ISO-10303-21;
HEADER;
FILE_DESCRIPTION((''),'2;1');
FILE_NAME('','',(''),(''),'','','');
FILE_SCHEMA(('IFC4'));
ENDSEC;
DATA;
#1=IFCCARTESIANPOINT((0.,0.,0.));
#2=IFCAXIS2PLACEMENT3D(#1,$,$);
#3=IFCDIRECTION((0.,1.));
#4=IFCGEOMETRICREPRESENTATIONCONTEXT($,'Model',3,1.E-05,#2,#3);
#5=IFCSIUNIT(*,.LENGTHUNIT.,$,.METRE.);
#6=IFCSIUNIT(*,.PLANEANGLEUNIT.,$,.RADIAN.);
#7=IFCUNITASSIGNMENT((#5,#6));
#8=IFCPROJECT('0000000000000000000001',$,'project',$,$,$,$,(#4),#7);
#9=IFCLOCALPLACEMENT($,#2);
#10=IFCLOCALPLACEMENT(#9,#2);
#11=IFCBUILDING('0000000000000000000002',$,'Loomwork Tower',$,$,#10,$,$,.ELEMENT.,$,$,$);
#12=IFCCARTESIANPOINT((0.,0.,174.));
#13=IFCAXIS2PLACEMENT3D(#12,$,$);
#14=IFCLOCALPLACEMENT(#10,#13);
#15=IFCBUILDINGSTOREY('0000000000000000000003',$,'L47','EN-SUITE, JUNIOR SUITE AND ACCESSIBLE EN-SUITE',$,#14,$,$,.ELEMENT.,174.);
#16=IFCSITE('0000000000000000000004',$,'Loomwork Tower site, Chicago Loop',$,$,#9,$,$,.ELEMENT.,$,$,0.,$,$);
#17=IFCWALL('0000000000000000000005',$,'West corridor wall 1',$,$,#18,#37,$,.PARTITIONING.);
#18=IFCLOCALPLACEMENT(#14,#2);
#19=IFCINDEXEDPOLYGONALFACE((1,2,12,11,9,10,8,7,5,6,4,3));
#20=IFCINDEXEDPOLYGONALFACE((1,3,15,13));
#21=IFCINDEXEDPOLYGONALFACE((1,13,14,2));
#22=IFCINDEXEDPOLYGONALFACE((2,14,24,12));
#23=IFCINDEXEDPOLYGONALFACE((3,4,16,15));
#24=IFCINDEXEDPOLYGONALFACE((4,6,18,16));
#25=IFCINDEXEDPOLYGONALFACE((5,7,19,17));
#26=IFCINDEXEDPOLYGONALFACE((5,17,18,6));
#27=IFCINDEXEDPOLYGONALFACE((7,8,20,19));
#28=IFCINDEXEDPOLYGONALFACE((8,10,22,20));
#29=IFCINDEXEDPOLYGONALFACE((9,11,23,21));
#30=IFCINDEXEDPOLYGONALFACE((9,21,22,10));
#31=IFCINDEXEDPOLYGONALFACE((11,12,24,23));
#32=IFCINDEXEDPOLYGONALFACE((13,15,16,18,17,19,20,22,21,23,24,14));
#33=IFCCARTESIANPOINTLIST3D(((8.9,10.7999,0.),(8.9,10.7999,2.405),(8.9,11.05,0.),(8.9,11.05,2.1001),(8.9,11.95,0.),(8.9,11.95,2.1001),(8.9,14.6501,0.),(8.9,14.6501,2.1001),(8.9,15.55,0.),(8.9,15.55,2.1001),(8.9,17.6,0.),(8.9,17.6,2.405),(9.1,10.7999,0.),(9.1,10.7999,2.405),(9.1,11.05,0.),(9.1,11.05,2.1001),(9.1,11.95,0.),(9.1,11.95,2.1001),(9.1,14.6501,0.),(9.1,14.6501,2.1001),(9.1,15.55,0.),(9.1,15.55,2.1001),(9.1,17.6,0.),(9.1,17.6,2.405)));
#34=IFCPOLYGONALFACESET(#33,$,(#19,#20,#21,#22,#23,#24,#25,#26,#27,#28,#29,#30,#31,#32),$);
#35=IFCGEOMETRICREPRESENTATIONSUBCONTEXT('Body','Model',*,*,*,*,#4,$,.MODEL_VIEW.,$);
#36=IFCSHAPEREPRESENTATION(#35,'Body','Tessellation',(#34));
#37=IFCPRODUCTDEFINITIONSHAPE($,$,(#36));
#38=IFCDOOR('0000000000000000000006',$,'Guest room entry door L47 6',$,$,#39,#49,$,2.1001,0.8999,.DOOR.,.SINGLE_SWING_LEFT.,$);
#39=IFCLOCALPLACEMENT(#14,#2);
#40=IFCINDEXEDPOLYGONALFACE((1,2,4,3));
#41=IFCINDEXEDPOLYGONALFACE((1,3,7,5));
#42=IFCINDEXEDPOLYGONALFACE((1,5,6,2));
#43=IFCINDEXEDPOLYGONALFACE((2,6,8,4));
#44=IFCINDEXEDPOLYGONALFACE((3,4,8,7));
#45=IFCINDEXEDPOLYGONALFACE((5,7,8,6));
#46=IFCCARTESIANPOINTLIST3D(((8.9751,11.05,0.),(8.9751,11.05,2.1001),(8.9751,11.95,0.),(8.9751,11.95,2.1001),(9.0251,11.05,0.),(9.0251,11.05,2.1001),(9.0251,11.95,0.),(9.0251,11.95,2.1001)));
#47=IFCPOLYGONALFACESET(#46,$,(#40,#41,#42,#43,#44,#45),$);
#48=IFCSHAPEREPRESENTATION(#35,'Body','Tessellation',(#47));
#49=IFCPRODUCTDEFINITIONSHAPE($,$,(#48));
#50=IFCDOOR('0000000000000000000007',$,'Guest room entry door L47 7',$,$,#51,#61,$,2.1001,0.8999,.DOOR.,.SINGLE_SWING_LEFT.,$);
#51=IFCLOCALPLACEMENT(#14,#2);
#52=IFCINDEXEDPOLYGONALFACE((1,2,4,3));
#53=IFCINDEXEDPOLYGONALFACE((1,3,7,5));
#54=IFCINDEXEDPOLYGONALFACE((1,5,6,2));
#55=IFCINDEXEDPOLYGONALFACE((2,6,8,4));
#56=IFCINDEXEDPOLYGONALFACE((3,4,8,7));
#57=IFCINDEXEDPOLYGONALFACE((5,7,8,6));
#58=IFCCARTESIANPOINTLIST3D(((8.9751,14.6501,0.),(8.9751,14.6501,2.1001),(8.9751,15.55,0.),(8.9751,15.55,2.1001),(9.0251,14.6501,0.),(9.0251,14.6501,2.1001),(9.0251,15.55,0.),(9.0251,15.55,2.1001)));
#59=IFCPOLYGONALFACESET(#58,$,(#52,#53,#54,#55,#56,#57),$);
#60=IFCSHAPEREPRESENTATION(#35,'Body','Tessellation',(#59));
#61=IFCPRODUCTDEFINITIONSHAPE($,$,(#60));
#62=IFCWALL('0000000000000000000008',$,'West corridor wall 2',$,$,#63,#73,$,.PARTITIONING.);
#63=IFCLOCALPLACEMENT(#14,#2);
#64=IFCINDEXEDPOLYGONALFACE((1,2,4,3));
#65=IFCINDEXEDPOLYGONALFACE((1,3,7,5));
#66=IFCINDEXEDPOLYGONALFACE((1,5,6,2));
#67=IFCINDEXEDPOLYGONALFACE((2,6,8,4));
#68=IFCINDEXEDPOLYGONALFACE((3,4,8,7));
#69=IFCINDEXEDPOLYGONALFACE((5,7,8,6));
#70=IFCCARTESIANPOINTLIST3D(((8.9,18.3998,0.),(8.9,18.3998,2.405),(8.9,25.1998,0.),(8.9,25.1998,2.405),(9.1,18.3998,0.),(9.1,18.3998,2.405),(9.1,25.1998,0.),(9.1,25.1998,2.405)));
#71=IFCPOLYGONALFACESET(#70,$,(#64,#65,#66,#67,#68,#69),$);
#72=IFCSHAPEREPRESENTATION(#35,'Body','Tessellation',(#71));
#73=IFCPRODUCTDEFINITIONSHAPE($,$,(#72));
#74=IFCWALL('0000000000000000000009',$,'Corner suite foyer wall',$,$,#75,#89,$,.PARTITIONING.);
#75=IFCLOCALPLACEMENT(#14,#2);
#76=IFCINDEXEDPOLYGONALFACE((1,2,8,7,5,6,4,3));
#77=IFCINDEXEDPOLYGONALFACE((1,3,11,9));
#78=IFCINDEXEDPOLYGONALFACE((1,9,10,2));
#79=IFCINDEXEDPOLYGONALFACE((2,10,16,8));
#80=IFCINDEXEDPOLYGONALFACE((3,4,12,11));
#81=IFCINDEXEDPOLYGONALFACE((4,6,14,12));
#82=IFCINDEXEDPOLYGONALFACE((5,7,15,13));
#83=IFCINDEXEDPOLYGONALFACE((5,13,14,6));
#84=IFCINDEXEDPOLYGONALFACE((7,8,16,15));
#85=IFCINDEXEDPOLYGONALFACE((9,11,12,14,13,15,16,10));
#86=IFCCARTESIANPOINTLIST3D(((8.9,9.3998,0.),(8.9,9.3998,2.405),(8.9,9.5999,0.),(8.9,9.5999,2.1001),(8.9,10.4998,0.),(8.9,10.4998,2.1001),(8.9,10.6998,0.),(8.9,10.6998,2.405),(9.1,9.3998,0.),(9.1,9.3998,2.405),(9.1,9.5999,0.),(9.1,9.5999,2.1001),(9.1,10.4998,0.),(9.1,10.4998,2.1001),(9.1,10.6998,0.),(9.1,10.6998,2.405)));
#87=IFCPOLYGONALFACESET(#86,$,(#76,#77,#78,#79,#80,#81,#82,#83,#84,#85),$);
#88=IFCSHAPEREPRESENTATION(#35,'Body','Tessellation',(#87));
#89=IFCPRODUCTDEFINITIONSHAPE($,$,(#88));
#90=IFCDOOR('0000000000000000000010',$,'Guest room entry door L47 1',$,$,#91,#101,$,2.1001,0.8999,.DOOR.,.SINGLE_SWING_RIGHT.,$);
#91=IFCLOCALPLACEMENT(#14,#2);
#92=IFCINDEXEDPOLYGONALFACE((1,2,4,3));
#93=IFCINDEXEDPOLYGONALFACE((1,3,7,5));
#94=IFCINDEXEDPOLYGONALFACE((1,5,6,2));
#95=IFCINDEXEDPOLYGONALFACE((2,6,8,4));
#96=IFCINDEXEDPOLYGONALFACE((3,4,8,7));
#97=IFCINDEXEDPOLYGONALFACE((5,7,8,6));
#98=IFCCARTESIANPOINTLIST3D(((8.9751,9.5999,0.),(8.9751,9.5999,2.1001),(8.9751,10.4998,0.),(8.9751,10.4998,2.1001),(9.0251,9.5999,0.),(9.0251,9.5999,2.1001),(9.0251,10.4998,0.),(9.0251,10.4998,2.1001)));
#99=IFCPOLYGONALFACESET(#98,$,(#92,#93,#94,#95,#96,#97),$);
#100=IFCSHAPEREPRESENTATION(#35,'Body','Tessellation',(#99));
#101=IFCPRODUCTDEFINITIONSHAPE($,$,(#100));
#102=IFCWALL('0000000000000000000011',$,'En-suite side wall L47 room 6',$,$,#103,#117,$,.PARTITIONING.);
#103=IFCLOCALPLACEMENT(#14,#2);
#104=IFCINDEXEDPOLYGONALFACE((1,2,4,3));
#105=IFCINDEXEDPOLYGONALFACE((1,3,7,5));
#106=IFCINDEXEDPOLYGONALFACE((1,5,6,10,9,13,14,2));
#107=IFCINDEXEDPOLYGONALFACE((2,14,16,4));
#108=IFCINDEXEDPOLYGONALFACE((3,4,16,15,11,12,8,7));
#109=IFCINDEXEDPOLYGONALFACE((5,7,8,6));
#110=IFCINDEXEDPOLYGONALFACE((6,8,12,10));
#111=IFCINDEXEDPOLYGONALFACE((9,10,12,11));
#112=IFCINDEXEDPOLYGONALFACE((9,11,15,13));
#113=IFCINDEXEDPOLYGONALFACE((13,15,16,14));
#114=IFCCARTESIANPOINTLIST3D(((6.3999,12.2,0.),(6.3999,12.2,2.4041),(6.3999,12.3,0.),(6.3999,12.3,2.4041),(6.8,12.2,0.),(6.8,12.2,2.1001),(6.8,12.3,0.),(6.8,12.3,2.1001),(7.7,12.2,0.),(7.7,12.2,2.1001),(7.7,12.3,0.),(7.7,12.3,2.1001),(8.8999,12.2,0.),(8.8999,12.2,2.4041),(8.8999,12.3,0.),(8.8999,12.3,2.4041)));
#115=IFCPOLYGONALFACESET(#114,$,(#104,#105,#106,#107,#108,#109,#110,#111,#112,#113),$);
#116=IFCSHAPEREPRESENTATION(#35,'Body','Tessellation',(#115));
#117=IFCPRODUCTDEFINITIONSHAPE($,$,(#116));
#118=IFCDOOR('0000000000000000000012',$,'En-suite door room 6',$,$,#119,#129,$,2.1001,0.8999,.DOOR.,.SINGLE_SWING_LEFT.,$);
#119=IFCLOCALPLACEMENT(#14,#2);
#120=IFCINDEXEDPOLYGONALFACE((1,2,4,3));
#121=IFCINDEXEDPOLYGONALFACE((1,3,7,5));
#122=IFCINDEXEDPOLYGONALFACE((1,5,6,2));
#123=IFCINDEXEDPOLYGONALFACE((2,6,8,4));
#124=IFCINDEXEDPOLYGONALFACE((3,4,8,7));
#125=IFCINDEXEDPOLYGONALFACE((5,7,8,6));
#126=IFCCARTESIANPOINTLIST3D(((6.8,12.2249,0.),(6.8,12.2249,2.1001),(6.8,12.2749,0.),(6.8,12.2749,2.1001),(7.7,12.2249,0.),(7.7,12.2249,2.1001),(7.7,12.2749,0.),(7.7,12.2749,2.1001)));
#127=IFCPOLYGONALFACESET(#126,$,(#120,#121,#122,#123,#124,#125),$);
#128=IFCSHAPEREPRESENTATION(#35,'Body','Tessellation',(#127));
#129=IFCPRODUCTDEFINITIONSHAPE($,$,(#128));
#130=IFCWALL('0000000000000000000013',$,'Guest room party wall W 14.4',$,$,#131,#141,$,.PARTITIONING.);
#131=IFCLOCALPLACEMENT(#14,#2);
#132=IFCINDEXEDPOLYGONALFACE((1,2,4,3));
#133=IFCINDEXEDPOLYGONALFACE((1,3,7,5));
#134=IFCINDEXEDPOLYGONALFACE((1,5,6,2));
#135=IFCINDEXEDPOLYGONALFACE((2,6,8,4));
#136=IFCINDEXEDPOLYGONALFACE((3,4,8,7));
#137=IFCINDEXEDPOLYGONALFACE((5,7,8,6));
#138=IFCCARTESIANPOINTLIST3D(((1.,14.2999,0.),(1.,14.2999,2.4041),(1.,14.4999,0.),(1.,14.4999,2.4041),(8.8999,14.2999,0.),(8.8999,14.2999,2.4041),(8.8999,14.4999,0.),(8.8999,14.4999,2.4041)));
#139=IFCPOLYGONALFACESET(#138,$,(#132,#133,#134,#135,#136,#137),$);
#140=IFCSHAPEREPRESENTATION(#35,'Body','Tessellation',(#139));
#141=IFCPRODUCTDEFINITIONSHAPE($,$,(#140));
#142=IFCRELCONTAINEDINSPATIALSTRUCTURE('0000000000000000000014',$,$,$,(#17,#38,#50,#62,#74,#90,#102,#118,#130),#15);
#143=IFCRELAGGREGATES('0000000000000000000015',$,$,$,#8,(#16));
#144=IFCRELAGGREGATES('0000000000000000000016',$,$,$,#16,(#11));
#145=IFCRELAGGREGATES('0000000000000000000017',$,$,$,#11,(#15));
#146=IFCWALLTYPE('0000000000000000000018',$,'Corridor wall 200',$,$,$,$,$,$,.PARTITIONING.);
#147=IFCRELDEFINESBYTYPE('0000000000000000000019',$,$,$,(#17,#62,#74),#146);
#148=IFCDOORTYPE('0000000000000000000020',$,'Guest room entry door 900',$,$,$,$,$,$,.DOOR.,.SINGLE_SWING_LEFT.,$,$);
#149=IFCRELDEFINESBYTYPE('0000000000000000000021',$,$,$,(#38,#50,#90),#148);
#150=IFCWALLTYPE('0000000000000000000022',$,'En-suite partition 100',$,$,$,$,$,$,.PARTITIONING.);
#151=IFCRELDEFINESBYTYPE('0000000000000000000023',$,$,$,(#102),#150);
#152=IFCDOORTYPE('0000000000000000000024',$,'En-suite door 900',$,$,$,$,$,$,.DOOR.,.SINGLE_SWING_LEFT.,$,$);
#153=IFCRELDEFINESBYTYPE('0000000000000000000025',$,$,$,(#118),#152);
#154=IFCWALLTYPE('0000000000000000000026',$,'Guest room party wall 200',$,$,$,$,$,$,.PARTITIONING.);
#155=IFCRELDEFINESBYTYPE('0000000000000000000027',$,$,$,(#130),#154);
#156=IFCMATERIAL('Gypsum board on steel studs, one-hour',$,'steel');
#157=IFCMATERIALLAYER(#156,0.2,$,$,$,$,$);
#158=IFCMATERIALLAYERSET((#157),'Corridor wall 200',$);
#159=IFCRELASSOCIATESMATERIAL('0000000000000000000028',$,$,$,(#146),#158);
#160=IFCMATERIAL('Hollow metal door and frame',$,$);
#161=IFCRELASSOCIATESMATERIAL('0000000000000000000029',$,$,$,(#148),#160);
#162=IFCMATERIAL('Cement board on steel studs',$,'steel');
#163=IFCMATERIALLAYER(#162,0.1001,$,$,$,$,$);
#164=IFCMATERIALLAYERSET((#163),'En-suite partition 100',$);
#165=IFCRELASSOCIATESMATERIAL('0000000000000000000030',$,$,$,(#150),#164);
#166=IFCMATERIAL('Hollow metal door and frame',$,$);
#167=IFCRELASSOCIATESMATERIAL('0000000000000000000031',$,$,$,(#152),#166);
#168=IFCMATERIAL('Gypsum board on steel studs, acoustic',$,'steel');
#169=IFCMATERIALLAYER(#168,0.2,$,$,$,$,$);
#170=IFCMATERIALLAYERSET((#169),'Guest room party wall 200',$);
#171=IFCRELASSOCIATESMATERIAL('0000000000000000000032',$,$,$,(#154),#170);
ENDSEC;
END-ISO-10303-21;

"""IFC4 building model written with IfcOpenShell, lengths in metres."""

from ifc_helpers import new_model, si_unit, direction, frame, frame_2d, origin, place, context, subcontext, project, spatial, rectangle, extrude, material, layer, layer_set, type_object, element, fill, save


model = new_model("IFC4")

# Units and contexts
model_context = context("Model", 3, precision=1e-05, world=origin(), true_north=direction((0.0, 1.0)))
body_context = subcontext(model_context, "Body", "Model", "MODEL_VIEW")
ifc_project = project(units=[si_unit("LENGTHUNIT", "METRE"), si_unit("PLANEANGLEUNIT", "RADIAN")], contexts=[model_context])

# Site, building, storey
site_placement = place(None, origin())
site = spatial("IfcSite", under=ifc_project, at=site_placement, Name="Loomwork Tower site, Chicago Loop", CompositionType="ELEMENT", RefElevation=0.0)
building_placement = place(site_placement, origin())
building = spatial("IfcBuilding", under=site, at=building_placement, Name="Loomwork Tower", CompositionType="ELEMENT")
storey_placement = place(building_placement, frame((0.0, 0.0, 174.0)))
storey = spatial("IfcBuildingStorey", under=building, at=storey_placement, Name="L47", Description="EN-SUITE, JUNIOR SUITE AND ACCESSIBLE EN-SUITE", CompositionType="ELEMENT", Elevation=174.0)

# Wall, openings, doors
ifc_material_1 = material(Name="Gypsum board on steel studs, one-hour", Category="steel")
ifc_layer_1 = layer(ifc_material_1, 0.2)
ifc_layer_set_1 = layer_set([ifc_layer_1], Name="Corridor wall 200")
wall_type_1 = type_object("IfcWallType", Name="Corridor wall 200", PredefinedType="PARTITIONING", material=ifc_layer_set_1)
wall_1_placement = place(storey_placement, frame((9.0, 10.8, 0.0), z_axis=(0.0, 0.0, 1.0), x_axis=(0.0, 1.0, 0.0)))
wall_1 = element("IfcWall", 1, at=wall_1_placement, inside=storey, type_object=wall_type_1, Name="West corridor wall 1", PredefinedType="PARTITIONING", context=body_context, shape_type="SweptSolid", body=[
    extrude(rectangle(XDim=6.8, YDim=0.2, at=frame_2d((3.3999, 0.0))), origin(), (0.0, 0.0, 1.0), 2.405),
])
opening_1_placement = place(wall_1_placement, frame((0.25, 0.0, 0.0)))
opening_1 = element("IfcOpeningElement", 2, at=opening_1_placement, cuts=wall_1, PredefinedType="OPENING", context=body_context, shape_type="SweptSolid", body=[
    extrude(rectangle(XDim=0.8999, YDim=2.1001, at=frame_2d((0.45, 1.05))), frame((0.0, 0.1099, 0.0), z_axis=(0.0, -1.0, 0.0), x_axis=(1.0, 0.0, 0.0)), (0.0, 0.0, 1.0), 0.22),
])
opening_2_placement = place(wall_1_placement, frame((3.8501, 0.0, 0.0)))
opening_2 = element("IfcOpeningElement", 3, at=opening_2_placement, cuts=wall_1, PredefinedType="OPENING", context=body_context, shape_type="SweptSolid", body=[
    extrude(rectangle(XDim=0.8999, YDim=2.1001, at=frame_2d((0.45, 1.05))), frame((0.0, 0.1099, 0.0), z_axis=(0.0, -1.0, 0.0), x_axis=(1.0, 0.0, 0.0)), (0.0, 0.0, 1.0), 0.22),
])
ifc_material_2 = material(Name="Hollow metal door and frame")
door_type_1 = type_object("IfcDoorType", Name="Guest room entry door 900", OperationType="SINGLE_SWING_LEFT", PredefinedType="DOOR", material=ifc_material_2)
door_1_placement = place(opening_1_placement, origin())
door_1 = element("IfcDoor", 4, at=door_1_placement, inside=storey, type_object=door_type_1, Name="Guest room entry door L47 6", OperationType="SINGLE_SWING_LEFT", OverallHeight=2.1001, OverallWidth=0.8999, PredefinedType="DOOR", context=body_context, shape_type="SweptSolid", body=[
    extrude(rectangle(XDim=0.8999, YDim=2.1001, at=frame_2d((0.45, 1.05))), frame((0.0, 0.0249, 0.0), z_axis=(0.0, -1.0, 0.0), x_axis=(1.0, 0.0, 0.0)), (0.0, 0.0, 1.0), 0.05),
])
fill(opening_1, door_1)
door_2_placement = place(opening_2_placement, origin())
door_2 = element("IfcDoor", 5, at=door_2_placement, inside=storey, type_object=door_type_1, Name="Guest room entry door L47 7", OperationType="SINGLE_SWING_LEFT", OverallHeight=2.1001, OverallWidth=0.8999, PredefinedType="DOOR", context=body_context, shape_type="SweptSolid", body=[
    extrude(rectangle(XDim=0.8999, YDim=2.1001, at=frame_2d((0.45, 1.05))), frame((0.0, 0.0249, 0.0), z_axis=(0.0, -1.0, 0.0), x_axis=(1.0, 0.0, 0.0)), (0.0, 0.0, 1.0), 0.05),
])
fill(opening_2, door_2)

# Wall
wall_2_placement = place(storey_placement, frame((9.0, 18.3999, 0.0), z_axis=(0.0, 0.0, 1.0), x_axis=(0.0, 1.0, 0.0)))
element("IfcWall", 6, at=wall_2_placement, inside=storey, type_object=wall_type_1, Name="West corridor wall 2", PredefinedType="PARTITIONING", context=body_context, shape_type="SweptSolid", body=[
    extrude(rectangle(XDim=6.8, YDim=0.2, at=frame_2d((3.3999, 0.0))), origin(), (0.0, 0.0, 1.0), 2.405),
])

# Walls, openings, doors
wall_3_placement = place(storey_placement, frame((9.0, 9.3999, 0.0), z_axis=(0.0, 0.0, 1.0), x_axis=(0.0, 1.0, 0.0)))
wall_3 = element("IfcWall", 7, at=wall_3_placement, inside=storey, type_object=wall_type_1, Name="Corner suite foyer wall", PredefinedType="PARTITIONING", context=body_context, shape_type="SweptSolid", body=[
    extrude(rectangle(XDim=1.3, YDim=0.2, at=frame_2d((0.6499, 0.0))), origin(), (0.0, 0.0, 1.0), 2.405),
])
opening_3_placement = place(wall_3_placement, frame((0.2, 0.0, 0.0)))
opening_3 = element("IfcOpeningElement", 8, at=opening_3_placement, cuts=wall_3, PredefinedType="OPENING", context=body_context, shape_type="SweptSolid", body=[
    extrude(rectangle(XDim=0.8999, YDim=2.1001, at=frame_2d((0.45, 1.05))), frame((0.0, 0.1099, 0.0), z_axis=(0.0, -1.0, 0.0), x_axis=(1.0, 0.0, 0.0)), (0.0, 0.0, 1.0), 0.22),
])
door_3_placement = place(opening_3_placement, origin())
door_3 = element("IfcDoor", 9, at=door_3_placement, inside=storey, type_object=door_type_1, Name="Guest room entry door L47 1", OperationType="SINGLE_SWING_RIGHT", OverallHeight=2.1001, OverallWidth=0.8999, PredefinedType="DOOR", context=body_context, shape_type="SweptSolid", body=[
    extrude(rectangle(XDim=0.8999, YDim=2.1001, at=frame_2d((0.45, 1.05))), frame((0.0, 0.0249, 0.0), z_axis=(0.0, -1.0, 0.0), x_axis=(1.0, 0.0, 0.0)), (0.0, 0.0, 1.0), 0.05),
])
fill(opening_3, door_3)
ifc_material_3 = material(Name="Cement board on steel studs", Category="steel")
ifc_layer_2 = layer(ifc_material_3, 0.1001)
ifc_layer_set_2 = layer_set([ifc_layer_2], Name="En-suite partition 100")
wall_type_2 = type_object("IfcWallType", Name="En-suite partition 100", PredefinedType="PARTITIONING", material=ifc_layer_set_2)
wall_4_placement = place(storey_placement, frame((8.8999, 12.25, 0.0), z_axis=(0.0, 0.0, 1.0), x_axis=(-1.0, 0.0, 0.0)))
wall_4 = element("IfcWall", 10, at=wall_4_placement, inside=storey, type_object=wall_type_2, Name="En-suite side wall L47 room 6", PredefinedType="PARTITIONING", context=body_context, shape_type="SweptSolid", body=[
    extrude(rectangle(XDim=2.5, YDim=0.1001, at=frame_2d((1.25, 0.0))), origin(), (0.0, 0.0, 1.0), 2.4041),
])
opening_4_placement = place(wall_4_placement, frame((1.2, 0.0, 0.0)))
opening_4 = element("IfcOpeningElement", 11, at=opening_4_placement, cuts=wall_4, PredefinedType="OPENING", context=body_context, shape_type="SweptSolid", body=[
    extrude(rectangle(XDim=0.8999, YDim=2.1001, at=frame_2d((0.45, 1.05))), frame((0.0, 0.0601, 0.0), z_axis=(0.0, -1.0, 0.0), x_axis=(1.0, 0.0, 0.0)), (0.0, 0.0, 1.0), 0.1201),
])
ifc_material_4 = material(Name="Hollow metal door and frame")
door_type_2 = type_object("IfcDoorType", Name="En-suite door 900", OperationType="SINGLE_SWING_LEFT", PredefinedType="DOOR", material=ifc_material_4)
door_4_placement = place(opening_4_placement, frame((0.8999, 0.0, 0.0), z_axis=(0.0, 0.0, 1.0), x_axis=(-1.0, 0.0, 0.0)))
door_4 = element("IfcDoor", 12, at=door_4_placement, inside=storey, type_object=door_type_2, Name="En-suite door room 6", OperationType="SINGLE_SWING_LEFT", OverallHeight=2.1001, OverallWidth=0.8999, PredefinedType="DOOR", context=body_context, shape_type="SweptSolid", body=[
    extrude(rectangle(XDim=0.8999, YDim=2.1001, at=frame_2d((0.45, 1.05))), frame((0.0, 0.0249, 0.0), z_axis=(0.0, -1.0, 0.0), x_axis=(1.0, 0.0, 0.0)), (0.0, 0.0, 1.0), 0.05),
])
fill(opening_4, door_4)

# Wall
ifc_material_5 = material(Name="Gypsum board on steel studs, acoustic", Category="steel")
ifc_layer_3 = layer(ifc_material_5, 0.2)
ifc_layer_set_3 = layer_set([ifc_layer_3], Name="Guest room party wall 200")
wall_type_3 = type_object("IfcWallType", Name="Guest room party wall 200", PredefinedType="PARTITIONING", material=ifc_layer_set_3)
wall_5_placement = place(storey_placement, frame((8.8999, 14.3999, 0.0), z_axis=(0.0, 0.0, 1.0), x_axis=(-1.0, 0.0, 0.0)))
element("IfcWall", 13, at=wall_5_placement, inside=storey, type_object=wall_type_3, Name="Guest room party wall W 14.4", PredefinedType="PARTITIONING", context=body_context, shape_type="SweptSolid", body=[
    extrude(rectangle(XDim=7.8999, YDim=0.2, at=frame_2d((3.95, 0.0))), origin(), (0.0, 0.0, 1.0), 2.4041),
])

save(model, "model.ifc")
